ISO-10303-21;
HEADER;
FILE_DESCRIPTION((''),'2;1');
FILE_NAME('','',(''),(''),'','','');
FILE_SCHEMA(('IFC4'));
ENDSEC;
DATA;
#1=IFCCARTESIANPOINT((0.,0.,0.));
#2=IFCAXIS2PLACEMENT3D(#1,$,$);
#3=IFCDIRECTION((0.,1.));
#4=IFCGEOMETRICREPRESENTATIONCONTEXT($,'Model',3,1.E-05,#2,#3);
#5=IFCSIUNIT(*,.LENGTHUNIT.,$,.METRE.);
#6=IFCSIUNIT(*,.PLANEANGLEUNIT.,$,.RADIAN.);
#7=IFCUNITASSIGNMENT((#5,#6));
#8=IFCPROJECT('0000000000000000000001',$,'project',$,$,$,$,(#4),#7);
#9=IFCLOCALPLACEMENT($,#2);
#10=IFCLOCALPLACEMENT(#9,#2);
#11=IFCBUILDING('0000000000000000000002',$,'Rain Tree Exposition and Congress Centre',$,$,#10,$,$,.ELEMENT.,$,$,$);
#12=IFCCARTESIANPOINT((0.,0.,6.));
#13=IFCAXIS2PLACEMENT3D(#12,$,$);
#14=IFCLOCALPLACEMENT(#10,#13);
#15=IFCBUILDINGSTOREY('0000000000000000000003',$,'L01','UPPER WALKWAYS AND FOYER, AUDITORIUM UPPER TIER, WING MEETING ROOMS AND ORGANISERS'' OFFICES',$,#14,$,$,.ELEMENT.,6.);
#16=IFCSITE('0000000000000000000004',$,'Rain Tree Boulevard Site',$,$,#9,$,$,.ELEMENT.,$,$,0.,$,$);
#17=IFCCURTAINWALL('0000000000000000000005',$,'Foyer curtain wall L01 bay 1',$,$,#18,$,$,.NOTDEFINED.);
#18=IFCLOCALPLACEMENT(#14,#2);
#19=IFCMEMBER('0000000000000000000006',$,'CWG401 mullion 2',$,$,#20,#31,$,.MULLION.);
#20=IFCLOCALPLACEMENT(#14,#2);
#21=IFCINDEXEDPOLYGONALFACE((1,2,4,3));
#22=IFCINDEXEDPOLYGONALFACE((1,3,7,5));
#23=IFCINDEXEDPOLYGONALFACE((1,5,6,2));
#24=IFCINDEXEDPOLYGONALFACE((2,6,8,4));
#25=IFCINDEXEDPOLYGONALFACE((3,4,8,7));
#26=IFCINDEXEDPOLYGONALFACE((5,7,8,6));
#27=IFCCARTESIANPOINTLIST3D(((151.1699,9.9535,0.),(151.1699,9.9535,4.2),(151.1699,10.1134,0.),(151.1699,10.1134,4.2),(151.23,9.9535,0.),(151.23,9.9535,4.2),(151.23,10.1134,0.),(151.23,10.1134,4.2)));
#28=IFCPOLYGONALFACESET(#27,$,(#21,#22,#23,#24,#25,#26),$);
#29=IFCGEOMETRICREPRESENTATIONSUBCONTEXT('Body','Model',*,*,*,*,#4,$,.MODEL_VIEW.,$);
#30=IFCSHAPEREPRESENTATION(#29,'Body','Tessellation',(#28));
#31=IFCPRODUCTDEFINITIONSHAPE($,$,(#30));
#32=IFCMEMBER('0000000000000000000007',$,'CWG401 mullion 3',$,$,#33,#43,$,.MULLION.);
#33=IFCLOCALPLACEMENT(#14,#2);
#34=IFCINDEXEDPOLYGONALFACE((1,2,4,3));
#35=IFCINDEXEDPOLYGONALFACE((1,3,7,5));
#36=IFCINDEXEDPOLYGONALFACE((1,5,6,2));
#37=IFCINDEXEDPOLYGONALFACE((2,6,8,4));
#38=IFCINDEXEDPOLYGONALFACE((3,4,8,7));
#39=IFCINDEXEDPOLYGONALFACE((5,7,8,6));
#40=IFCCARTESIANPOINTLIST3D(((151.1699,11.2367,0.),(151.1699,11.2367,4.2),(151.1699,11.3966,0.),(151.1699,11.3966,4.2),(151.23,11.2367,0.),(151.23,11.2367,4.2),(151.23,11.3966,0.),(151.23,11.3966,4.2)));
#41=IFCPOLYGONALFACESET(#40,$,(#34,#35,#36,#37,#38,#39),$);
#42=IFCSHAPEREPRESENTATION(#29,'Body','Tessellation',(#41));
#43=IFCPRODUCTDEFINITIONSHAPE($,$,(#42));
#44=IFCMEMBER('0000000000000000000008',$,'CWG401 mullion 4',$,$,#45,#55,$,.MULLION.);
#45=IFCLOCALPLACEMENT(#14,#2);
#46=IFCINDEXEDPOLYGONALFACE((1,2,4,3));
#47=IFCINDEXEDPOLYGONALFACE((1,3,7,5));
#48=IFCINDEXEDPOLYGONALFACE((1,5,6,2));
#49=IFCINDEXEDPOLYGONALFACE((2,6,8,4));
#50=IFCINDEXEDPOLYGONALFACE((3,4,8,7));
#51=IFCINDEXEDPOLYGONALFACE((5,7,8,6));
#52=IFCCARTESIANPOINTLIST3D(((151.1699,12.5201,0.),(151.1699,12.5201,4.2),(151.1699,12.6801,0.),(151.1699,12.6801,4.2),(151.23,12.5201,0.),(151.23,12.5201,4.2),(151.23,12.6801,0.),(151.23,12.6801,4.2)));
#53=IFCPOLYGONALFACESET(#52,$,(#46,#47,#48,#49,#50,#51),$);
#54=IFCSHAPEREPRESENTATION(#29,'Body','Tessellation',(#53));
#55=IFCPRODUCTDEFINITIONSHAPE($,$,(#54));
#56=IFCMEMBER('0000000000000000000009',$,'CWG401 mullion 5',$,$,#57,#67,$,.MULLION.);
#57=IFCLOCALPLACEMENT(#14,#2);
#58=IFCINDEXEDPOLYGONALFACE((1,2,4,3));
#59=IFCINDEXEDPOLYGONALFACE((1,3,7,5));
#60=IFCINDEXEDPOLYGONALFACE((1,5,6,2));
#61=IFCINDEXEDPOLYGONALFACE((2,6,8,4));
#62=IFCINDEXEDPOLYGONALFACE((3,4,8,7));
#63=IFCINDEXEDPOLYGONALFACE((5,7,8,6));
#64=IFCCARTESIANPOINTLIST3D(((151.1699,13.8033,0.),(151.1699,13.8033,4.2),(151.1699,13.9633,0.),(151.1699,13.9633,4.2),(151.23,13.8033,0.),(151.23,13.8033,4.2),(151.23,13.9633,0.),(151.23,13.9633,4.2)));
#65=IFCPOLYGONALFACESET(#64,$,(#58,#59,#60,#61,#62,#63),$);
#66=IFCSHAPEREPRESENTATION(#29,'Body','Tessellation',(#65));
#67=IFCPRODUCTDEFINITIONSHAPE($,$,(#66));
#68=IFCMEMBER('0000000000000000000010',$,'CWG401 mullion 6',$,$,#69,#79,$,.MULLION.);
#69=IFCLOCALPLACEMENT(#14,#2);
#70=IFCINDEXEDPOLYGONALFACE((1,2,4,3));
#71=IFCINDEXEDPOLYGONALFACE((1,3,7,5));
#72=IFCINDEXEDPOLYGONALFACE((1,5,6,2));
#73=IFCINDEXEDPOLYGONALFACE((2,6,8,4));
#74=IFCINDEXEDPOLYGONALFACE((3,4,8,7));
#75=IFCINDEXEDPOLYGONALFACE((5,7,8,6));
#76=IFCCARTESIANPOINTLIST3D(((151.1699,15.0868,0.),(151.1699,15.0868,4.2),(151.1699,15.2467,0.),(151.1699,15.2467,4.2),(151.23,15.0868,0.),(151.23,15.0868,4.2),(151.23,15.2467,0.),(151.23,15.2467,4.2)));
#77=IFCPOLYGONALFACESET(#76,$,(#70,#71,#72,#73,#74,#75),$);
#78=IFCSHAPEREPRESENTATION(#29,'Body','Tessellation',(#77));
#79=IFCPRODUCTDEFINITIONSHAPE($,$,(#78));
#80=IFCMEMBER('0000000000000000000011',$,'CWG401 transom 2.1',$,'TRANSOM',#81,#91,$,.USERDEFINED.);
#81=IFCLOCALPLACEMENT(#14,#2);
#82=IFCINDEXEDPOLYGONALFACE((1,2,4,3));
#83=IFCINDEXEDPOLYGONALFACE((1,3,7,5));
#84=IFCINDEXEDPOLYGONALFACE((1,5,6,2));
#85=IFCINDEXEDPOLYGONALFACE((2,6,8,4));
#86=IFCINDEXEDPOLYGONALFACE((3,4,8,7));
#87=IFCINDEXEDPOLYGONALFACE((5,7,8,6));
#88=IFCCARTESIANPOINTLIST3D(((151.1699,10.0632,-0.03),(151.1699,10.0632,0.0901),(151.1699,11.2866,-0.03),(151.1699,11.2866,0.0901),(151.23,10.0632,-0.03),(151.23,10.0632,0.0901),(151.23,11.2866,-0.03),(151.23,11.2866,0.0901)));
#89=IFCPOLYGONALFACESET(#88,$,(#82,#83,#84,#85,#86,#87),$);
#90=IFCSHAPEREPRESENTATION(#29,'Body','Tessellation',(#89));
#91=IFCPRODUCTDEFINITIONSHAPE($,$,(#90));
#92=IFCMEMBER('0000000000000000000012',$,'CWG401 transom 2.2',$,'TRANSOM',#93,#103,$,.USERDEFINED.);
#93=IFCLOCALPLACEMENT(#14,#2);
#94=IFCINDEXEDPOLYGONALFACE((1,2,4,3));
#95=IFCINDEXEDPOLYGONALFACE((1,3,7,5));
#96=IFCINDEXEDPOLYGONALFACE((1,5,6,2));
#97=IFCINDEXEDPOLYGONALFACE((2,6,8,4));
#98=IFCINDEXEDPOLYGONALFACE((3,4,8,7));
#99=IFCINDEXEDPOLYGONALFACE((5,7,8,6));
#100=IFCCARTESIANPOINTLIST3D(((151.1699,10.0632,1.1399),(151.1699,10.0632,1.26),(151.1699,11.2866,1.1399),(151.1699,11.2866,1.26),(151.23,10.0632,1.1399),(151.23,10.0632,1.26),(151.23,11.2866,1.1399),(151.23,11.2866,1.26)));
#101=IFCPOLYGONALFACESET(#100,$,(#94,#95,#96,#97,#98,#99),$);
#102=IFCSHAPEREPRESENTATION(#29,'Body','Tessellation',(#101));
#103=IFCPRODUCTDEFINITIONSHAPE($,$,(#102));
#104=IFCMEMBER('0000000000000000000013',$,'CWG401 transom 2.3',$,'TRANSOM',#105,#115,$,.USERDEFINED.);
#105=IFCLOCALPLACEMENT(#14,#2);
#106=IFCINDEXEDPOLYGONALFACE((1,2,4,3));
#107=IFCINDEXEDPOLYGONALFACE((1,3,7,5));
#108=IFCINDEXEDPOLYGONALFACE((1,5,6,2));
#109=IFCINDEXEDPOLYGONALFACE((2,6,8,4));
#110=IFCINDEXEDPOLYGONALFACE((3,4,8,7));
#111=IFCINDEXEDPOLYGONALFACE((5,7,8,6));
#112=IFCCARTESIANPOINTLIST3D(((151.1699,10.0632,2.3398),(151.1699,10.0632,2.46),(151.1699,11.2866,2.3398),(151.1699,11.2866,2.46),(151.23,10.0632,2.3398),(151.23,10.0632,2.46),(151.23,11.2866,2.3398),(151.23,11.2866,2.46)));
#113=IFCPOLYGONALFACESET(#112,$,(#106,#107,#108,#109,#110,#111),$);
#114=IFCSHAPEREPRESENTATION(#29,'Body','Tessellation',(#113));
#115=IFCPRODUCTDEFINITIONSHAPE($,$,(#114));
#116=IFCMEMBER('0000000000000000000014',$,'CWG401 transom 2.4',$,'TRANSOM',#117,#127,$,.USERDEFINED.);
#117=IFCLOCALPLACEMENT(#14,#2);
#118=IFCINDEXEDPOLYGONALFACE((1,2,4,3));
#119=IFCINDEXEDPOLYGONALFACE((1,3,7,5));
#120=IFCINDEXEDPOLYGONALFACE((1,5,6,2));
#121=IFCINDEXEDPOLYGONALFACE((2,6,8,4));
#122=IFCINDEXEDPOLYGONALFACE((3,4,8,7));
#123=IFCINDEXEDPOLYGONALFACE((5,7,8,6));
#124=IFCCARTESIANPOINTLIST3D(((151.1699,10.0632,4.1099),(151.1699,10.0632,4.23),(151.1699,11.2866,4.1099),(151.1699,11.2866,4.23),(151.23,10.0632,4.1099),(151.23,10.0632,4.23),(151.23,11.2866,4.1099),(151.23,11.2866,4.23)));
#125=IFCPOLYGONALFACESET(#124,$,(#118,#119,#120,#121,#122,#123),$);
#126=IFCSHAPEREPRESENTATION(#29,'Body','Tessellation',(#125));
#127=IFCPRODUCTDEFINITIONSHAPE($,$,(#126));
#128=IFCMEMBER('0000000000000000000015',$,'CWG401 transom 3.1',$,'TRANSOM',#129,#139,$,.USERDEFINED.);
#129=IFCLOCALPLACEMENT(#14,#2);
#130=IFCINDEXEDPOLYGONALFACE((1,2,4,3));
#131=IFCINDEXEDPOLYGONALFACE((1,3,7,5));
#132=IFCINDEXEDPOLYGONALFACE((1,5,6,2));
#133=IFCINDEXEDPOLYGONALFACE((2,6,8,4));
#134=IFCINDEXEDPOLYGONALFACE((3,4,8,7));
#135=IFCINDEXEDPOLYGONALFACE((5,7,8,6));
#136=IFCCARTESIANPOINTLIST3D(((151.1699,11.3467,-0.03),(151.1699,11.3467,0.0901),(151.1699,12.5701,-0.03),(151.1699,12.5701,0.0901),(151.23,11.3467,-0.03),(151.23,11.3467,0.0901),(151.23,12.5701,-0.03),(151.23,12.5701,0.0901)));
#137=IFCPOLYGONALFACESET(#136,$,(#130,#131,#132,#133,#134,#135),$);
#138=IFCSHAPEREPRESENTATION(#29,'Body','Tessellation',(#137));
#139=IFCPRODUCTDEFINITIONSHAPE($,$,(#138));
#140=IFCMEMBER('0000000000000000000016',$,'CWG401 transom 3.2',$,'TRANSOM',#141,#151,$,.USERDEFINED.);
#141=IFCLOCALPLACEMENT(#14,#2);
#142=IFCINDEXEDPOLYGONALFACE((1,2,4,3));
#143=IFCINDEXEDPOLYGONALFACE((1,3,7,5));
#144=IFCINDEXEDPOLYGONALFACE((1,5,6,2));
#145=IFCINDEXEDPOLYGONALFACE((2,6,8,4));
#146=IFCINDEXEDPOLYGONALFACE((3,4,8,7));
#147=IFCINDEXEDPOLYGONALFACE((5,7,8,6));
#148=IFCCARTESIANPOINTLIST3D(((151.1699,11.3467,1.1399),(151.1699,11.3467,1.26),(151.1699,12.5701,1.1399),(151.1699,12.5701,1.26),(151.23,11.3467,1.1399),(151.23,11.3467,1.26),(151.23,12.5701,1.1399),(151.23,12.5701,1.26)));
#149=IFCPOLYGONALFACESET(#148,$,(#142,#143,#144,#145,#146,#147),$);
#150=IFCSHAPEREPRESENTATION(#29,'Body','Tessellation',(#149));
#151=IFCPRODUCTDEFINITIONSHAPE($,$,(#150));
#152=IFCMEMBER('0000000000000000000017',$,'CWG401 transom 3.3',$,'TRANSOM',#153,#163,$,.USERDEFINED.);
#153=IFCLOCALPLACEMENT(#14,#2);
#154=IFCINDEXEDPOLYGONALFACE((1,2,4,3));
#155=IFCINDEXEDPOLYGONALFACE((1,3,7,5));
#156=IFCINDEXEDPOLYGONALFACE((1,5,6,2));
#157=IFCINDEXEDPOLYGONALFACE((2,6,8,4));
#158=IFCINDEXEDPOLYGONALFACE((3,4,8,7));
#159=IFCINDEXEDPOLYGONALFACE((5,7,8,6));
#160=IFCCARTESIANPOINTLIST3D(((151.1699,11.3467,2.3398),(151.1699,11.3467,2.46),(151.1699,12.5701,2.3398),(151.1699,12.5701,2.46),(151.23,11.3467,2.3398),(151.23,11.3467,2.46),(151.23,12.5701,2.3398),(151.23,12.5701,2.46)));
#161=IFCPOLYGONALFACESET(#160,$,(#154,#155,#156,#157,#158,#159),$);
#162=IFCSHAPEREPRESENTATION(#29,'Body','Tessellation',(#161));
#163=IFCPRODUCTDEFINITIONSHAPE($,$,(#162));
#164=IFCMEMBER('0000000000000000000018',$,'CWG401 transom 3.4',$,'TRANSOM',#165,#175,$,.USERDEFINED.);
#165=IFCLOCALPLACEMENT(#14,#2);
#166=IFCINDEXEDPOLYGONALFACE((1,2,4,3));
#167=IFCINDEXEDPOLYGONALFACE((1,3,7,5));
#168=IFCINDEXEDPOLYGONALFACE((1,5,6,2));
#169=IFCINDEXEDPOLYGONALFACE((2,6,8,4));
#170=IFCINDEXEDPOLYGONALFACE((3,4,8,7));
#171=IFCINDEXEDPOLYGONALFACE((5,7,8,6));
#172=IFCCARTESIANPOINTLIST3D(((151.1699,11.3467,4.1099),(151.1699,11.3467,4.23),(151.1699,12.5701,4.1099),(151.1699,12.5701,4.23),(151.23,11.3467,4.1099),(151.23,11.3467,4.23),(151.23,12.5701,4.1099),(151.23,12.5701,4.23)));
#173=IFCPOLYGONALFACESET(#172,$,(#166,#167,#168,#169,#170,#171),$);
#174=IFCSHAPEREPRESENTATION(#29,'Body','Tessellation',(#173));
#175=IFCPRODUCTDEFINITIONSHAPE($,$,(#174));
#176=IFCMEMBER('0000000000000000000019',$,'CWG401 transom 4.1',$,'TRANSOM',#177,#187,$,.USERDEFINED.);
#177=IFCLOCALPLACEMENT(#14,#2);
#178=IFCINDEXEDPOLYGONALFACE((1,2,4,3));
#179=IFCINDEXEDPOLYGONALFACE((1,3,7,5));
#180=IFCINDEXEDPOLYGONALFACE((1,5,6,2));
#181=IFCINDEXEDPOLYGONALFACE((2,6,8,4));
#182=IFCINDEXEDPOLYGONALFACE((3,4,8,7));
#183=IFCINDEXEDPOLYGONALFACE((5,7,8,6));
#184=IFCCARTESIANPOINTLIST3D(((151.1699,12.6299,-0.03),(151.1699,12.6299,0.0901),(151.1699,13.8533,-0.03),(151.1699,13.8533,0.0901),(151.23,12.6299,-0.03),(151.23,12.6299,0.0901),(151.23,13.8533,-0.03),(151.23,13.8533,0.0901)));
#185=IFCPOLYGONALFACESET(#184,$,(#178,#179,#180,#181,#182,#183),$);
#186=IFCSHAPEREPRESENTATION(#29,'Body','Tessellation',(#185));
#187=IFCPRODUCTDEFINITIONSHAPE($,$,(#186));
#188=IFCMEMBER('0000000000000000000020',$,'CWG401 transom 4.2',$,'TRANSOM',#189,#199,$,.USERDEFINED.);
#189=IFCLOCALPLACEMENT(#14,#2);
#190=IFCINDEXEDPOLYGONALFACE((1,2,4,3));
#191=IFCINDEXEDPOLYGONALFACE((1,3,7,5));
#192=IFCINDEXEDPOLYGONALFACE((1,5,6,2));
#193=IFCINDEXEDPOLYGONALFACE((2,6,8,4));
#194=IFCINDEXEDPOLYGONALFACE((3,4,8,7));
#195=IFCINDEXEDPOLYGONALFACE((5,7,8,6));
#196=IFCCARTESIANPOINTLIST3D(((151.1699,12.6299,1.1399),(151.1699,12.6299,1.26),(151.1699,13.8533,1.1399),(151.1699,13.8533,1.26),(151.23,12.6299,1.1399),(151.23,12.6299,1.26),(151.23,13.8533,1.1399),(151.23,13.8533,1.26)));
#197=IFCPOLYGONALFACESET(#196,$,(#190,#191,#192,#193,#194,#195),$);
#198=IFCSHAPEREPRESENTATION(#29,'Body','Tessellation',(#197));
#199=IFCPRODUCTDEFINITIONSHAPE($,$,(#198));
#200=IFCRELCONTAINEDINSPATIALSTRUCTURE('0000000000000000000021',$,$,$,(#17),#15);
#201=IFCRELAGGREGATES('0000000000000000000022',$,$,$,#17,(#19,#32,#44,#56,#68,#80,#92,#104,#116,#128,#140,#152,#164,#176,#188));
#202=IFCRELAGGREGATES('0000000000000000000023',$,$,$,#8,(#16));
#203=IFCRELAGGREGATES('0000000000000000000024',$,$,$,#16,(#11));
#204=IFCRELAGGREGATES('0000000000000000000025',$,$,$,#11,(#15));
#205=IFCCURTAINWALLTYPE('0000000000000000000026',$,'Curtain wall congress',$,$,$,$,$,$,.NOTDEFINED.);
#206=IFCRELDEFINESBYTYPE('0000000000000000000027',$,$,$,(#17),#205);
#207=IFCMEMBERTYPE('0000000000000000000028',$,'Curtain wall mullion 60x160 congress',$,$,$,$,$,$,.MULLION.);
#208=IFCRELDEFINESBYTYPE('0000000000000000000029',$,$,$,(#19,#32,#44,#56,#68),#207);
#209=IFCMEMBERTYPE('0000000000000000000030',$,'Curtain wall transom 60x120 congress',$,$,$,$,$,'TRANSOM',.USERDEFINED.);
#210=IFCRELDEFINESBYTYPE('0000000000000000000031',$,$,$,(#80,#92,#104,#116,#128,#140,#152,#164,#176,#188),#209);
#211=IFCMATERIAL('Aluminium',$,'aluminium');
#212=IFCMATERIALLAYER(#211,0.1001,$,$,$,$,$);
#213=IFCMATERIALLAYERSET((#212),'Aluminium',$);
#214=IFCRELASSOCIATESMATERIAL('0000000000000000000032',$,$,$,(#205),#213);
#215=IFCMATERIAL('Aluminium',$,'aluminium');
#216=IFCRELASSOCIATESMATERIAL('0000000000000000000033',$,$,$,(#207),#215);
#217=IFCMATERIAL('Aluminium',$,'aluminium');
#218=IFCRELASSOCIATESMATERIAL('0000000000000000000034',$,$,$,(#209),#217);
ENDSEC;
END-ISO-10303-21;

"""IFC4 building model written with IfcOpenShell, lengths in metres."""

from ifc_helpers import new_model, si_unit, direction, frame, origin, origin_2d, place, context, subcontext, project, spatial, rectangle, extrude, material, layer, layer_set, material_profile, profile_set, type_object, element, aggregate, save


model = new_model("IFC4")

# Units and contexts
model_context = context("Model", 3, precision=1e-05, world=origin(), true_north=direction((0.0, 1.0)))
body_context = subcontext(model_context, "Body", "Model", "MODEL_VIEW")
ifc_project = project(units=[si_unit("LENGTHUNIT", "METRE"), si_unit("PLANEANGLEUNIT", "RADIAN")], contexts=[model_context])

# Site, building, storey
site_placement = place(None, origin())
site = spatial("IfcSite", under=ifc_project, at=site_placement, Name="Rain Tree Boulevard Site", CompositionType="ELEMENT", RefElevation=0.0)
building_placement = place(site_placement, origin())
building = spatial("IfcBuilding", under=site, at=building_placement, Name="Rain Tree Exposition and Congress Centre", CompositionType="ELEMENT")
storey_placement = place(building_placement, frame((0.0, 0.0, 6.0)))
storey = spatial("IfcBuildingStorey", under=building, at=storey_placement, Name="L01", Description="UPPER WALKWAYS AND FOYER, AUDITORIUM UPPER TIER, WING MEETING ROOMS AND ORGANISERS' OFFICES", CompositionType="ELEMENT", Elevation=6.0)

# Curtain wall, members
ifc_material_1 = material(Name="Aluminium", Category="aluminium")
ifc_layer_1 = layer(ifc_material_1, 0.1001)
ifc_layer_set_1 = layer_set([ifc_layer_1], Name="Aluminium")
curtain_wall_type = type_object("IfcCurtainWallType", Name="Curtain wall congress", PredefinedType="NOTDEFINED", material=ifc_layer_set_1)
curtain_wall_placement = place(storey_placement, origin())
curtain_wall = element("IfcCurtainWall", 1, at=curtain_wall_placement, inside=storey, type_object=curtain_wall_type, Name="Foyer curtain wall L01 bay 1", PredefinedType="NOTDEFINED")
ifc_material_2 = material(Name="Aluminium", Category="aluminium")
ifc_material_profile_1 = material_profile(ifc_material_2, rectangle(XDim=0.0601, YDim=0.1599, at=origin_2d()), Name="AL 60x160")
ifc_profile_set_1 = profile_set([ifc_material_profile_1], Name="Aluminium")
member_type_1 = type_object("IfcMemberType", Name="Curtain wall mullion 60x160 congress", PredefinedType="MULLION", material=ifc_profile_set_1)
member_1_placement = place(storey_placement, frame((151.2, 10.0334, 0.0), z_axis=(0.0, 0.0, 1.0), x_axis=(-1.0, 0.0, 0.0)))
member_1 = element("IfcMember", 2, at=member_1_placement, type_object=member_type_1, Name="CWG401 mullion 2", PredefinedType="MULLION", context=body_context, shape_type="SweptSolid", body=[
    extrude(rectangle(XDim=0.0601, YDim=0.1599, at=origin_2d()), origin(), (0.0, 0.0, 1.0), 4.2),
])
member_2_placement = place(storey_placement, frame((151.2, 11.3167, 0.0), z_axis=(0.0, 0.0, 1.0), x_axis=(-1.0, 0.0, 0.0)))
member_2 = element("IfcMember", 3, at=member_2_placement, type_object=member_type_1, Name="CWG401 mullion 3", PredefinedType="MULLION", context=body_context, shape_type="SweptSolid", body=[
    extrude(rectangle(XDim=0.0601, YDim=0.1599, at=origin_2d()), origin(), (0.0, 0.0, 1.0), 4.2),
])
member_3_placement = place(storey_placement, frame((151.2, 12.6001, 0.0), z_axis=(0.0, 0.0, 1.0), x_axis=(-1.0, 0.0, 0.0)))
member_3 = element("IfcMember", 4, at=member_3_placement, type_object=member_type_1, Name="CWG401 mullion 4", PredefinedType="MULLION", context=body_context, shape_type="SweptSolid", body=[
    extrude(rectangle(XDim=0.0601, YDim=0.1599, at=origin_2d()), origin(), (0.0, 0.0, 1.0), 4.2),
])
member_4_placement = place(storey_placement, frame((151.2, 13.8833, 0.0), z_axis=(0.0, 0.0, 1.0), x_axis=(-1.0, 0.0, 0.0)))
member_4 = element("IfcMember", 5, at=member_4_placement, type_object=member_type_1, Name="CWG401 mullion 5", PredefinedType="MULLION", context=body_context, shape_type="SweptSolid", body=[
    extrude(rectangle(XDim=0.0601, YDim=0.1599, at=origin_2d()), origin(), (0.0, 0.0, 1.0), 4.2),
])
member_5_placement = place(storey_placement, frame((151.2, 15.1667, 0.0), z_axis=(0.0, 0.0, 1.0), x_axis=(-1.0, 0.0, 0.0)))
member_5 = element("IfcMember", 6, at=member_5_placement, type_object=member_type_1, Name="CWG401 mullion 6", PredefinedType="MULLION", context=body_context, shape_type="SweptSolid", body=[
    extrude(rectangle(XDim=0.0601, YDim=0.1599, at=origin_2d()), origin(), (0.0, 0.0, 1.0), 4.2),
])
ifc_material_3 = material(Name="Aluminium", Category="aluminium")
ifc_material_profile_2 = material_profile(ifc_material_3, rectangle(XDim=0.0601, YDim=0.1201, at=origin_2d()), Name="AL 60x120")
ifc_profile_set_2 = profile_set([ifc_material_profile_2], Name="Aluminium")
member_type_2 = type_object("IfcMemberType", Name="Curtain wall transom 60x120 congress", ElementType="TRANSOM", PredefinedType="USERDEFINED", material=ifc_profile_set_2)
member_6_placement = place(storey_placement, frame((151.2, 10.0632, 0.03), z_axis=(0.0, 1.0, 0.0), x_axis=(-1.0, 0.0, 0.0)))
member_6 = element("IfcMember", 7, at=member_6_placement, type_object=member_type_2, Name="CWG401 transom 2.1", ObjectType="TRANSOM", PredefinedType="USERDEFINED", context=body_context, shape_type="SweptSolid", body=[
    extrude(rectangle(XDim=0.0601, YDim=0.1201, at=origin_2d()), origin(), (0.0, 0.0, 1.0), 1.2234),
])
member_7_placement = place(storey_placement, frame((151.2, 10.0632, 1.2), z_axis=(0.0, 1.0, 0.0), x_axis=(-1.0, 0.0, 0.0)))
member_7 = element("IfcMember", 8, at=member_7_placement, type_object=member_type_2, Name="CWG401 transom 2.2", ObjectType="TRANSOM", PredefinedType="USERDEFINED", context=body_context, shape_type="SweptSolid", body=[
    extrude(rectangle(XDim=0.0601, YDim=0.1201, at=origin_2d()), origin(), (0.0, 0.0, 1.0), 1.2234),
])
member_8_placement = place(storey_placement, frame((151.2, 10.0632, 2.3999), z_axis=(0.0, 1.0, 0.0), x_axis=(-1.0, 0.0, 0.0)))
member_8 = element("IfcMember", 9, at=member_8_placement, type_object=member_type_2, Name="CWG401 transom 2.3", ObjectType="TRANSOM", PredefinedType="USERDEFINED", context=body_context, shape_type="SweptSolid", body=[
    extrude(rectangle(XDim=0.0601, YDim=0.1201, at=origin_2d()), origin(), (0.0, 0.0, 1.0), 1.2234),
])
member_9_placement = place(storey_placement, frame((151.2, 10.0632, 4.1699), z_axis=(0.0, 1.0, 0.0), x_axis=(-1.0, 0.0, 0.0)))
member_9 = element("IfcMember", 10, at=member_9_placement, type_object=member_type_2, Name="CWG401 transom 2.4", ObjectType="TRANSOM", PredefinedType="USERDEFINED", context=body_context, shape_type="SweptSolid", body=[
    extrude(rectangle(XDim=0.0601, YDim=0.1201, at=origin_2d()), origin(), (0.0, 0.0, 1.0), 1.2234),
])
member_10_placement = place(storey_placement, frame((151.2, 11.3467, 0.03), z_axis=(0.0, 1.0, 0.0), x_axis=(-1.0, 0.0, 0.0)))
member_10 = element("IfcMember", 11, at=member_10_placement, type_object=member_type_2, Name="CWG401 transom 3.1", ObjectType="TRANSOM", PredefinedType="USERDEFINED", context=body_context, shape_type="SweptSolid", body=[
    extrude(rectangle(XDim=0.0601, YDim=0.1201, at=origin_2d()), origin(), (0.0, 0.0, 1.0), 1.2234),
])
member_11_placement = place(storey_placement, frame((151.2, 11.3467, 1.2), z_axis=(0.0, 1.0, 0.0), x_axis=(-1.0, 0.0, 0.0)))
member_11 = element("IfcMember", 12, at=member_11_placement, type_object=member_type_2, Name="CWG401 transom 3.2", ObjectType="TRANSOM", PredefinedType="USERDEFINED", context=body_context, shape_type="SweptSolid", body=[
    extrude(rectangle(XDim=0.0601, YDim=0.1201, at=origin_2d()), origin(), (0.0, 0.0, 1.0), 1.2234),
])
member_12_placement = place(storey_placement, frame((151.2, 11.3467, 2.3999), z_axis=(0.0, 1.0, 0.0), x_axis=(-1.0, 0.0, 0.0)))
member_12 = element("IfcMember", 13, at=member_12_placement, type_object=member_type_2, Name="CWG401 transom 3.3", ObjectType="TRANSOM", PredefinedType="USERDEFINED", context=body_context, shape_type="SweptSolid", body=[
    extrude(rectangle(XDim=0.0601, YDim=0.1201, at=origin_2d()), origin(), (0.0, 0.0, 1.0), 1.2234),
])
member_13_placement = place(storey_placement, frame((151.2, 11.3467, 4.1699), z_axis=(0.0, 1.0, 0.0), x_axis=(-1.0, 0.0, 0.0)))
member_13 = element("IfcMember", 14, at=member_13_placement, type_object=member_type_2, Name="CWG401 transom 3.4", ObjectType="TRANSOM", PredefinedType="USERDEFINED", context=body_context, shape_type="SweptSolid", body=[
    extrude(rectangle(XDim=0.0601, YDim=0.1201, at=origin_2d()), origin(), (0.0, 0.0, 1.0), 1.2234),
])
member_14_placement = place(storey_placement, frame((151.2, 12.6299, 0.03), z_axis=(0.0, 1.0, 0.0), x_axis=(-1.0, 0.0, 0.0)))
member_14 = element("IfcMember", 15, at=member_14_placement, type_object=member_type_2, Name="CWG401 transom 4.1", ObjectType="TRANSOM", PredefinedType="USERDEFINED", context=body_context, shape_type="SweptSolid", body=[
    extrude(rectangle(XDim=0.0601, YDim=0.1201, at=origin_2d()), origin(), (0.0, 0.0, 1.0), 1.2234),
])
member_15_placement = place(storey_placement, frame((151.2, 12.6299, 1.2), z_axis=(0.0, 1.0, 0.0), x_axis=(-1.0, 0.0, 0.0)))
member_15 = element("IfcMember", 16, at=member_15_placement, type_object=member_type_2, Name="CWG401 transom 4.2", ObjectType="TRANSOM", PredefinedType="USERDEFINED", context=body_context, shape_type="SweptSolid", body=[
    extrude(rectangle(XDim=0.0601, YDim=0.1201, at=origin_2d()), origin(), (0.0, 0.0, 1.0), 1.2234),
])
aggregate(curtain_wall, [member_1, member_2, member_3, member_4, member_5, member_6, member_7, member_8, member_9, member_10, member_11, member_12, member_13, member_14, member_15])

save(model, "model.ifc")
